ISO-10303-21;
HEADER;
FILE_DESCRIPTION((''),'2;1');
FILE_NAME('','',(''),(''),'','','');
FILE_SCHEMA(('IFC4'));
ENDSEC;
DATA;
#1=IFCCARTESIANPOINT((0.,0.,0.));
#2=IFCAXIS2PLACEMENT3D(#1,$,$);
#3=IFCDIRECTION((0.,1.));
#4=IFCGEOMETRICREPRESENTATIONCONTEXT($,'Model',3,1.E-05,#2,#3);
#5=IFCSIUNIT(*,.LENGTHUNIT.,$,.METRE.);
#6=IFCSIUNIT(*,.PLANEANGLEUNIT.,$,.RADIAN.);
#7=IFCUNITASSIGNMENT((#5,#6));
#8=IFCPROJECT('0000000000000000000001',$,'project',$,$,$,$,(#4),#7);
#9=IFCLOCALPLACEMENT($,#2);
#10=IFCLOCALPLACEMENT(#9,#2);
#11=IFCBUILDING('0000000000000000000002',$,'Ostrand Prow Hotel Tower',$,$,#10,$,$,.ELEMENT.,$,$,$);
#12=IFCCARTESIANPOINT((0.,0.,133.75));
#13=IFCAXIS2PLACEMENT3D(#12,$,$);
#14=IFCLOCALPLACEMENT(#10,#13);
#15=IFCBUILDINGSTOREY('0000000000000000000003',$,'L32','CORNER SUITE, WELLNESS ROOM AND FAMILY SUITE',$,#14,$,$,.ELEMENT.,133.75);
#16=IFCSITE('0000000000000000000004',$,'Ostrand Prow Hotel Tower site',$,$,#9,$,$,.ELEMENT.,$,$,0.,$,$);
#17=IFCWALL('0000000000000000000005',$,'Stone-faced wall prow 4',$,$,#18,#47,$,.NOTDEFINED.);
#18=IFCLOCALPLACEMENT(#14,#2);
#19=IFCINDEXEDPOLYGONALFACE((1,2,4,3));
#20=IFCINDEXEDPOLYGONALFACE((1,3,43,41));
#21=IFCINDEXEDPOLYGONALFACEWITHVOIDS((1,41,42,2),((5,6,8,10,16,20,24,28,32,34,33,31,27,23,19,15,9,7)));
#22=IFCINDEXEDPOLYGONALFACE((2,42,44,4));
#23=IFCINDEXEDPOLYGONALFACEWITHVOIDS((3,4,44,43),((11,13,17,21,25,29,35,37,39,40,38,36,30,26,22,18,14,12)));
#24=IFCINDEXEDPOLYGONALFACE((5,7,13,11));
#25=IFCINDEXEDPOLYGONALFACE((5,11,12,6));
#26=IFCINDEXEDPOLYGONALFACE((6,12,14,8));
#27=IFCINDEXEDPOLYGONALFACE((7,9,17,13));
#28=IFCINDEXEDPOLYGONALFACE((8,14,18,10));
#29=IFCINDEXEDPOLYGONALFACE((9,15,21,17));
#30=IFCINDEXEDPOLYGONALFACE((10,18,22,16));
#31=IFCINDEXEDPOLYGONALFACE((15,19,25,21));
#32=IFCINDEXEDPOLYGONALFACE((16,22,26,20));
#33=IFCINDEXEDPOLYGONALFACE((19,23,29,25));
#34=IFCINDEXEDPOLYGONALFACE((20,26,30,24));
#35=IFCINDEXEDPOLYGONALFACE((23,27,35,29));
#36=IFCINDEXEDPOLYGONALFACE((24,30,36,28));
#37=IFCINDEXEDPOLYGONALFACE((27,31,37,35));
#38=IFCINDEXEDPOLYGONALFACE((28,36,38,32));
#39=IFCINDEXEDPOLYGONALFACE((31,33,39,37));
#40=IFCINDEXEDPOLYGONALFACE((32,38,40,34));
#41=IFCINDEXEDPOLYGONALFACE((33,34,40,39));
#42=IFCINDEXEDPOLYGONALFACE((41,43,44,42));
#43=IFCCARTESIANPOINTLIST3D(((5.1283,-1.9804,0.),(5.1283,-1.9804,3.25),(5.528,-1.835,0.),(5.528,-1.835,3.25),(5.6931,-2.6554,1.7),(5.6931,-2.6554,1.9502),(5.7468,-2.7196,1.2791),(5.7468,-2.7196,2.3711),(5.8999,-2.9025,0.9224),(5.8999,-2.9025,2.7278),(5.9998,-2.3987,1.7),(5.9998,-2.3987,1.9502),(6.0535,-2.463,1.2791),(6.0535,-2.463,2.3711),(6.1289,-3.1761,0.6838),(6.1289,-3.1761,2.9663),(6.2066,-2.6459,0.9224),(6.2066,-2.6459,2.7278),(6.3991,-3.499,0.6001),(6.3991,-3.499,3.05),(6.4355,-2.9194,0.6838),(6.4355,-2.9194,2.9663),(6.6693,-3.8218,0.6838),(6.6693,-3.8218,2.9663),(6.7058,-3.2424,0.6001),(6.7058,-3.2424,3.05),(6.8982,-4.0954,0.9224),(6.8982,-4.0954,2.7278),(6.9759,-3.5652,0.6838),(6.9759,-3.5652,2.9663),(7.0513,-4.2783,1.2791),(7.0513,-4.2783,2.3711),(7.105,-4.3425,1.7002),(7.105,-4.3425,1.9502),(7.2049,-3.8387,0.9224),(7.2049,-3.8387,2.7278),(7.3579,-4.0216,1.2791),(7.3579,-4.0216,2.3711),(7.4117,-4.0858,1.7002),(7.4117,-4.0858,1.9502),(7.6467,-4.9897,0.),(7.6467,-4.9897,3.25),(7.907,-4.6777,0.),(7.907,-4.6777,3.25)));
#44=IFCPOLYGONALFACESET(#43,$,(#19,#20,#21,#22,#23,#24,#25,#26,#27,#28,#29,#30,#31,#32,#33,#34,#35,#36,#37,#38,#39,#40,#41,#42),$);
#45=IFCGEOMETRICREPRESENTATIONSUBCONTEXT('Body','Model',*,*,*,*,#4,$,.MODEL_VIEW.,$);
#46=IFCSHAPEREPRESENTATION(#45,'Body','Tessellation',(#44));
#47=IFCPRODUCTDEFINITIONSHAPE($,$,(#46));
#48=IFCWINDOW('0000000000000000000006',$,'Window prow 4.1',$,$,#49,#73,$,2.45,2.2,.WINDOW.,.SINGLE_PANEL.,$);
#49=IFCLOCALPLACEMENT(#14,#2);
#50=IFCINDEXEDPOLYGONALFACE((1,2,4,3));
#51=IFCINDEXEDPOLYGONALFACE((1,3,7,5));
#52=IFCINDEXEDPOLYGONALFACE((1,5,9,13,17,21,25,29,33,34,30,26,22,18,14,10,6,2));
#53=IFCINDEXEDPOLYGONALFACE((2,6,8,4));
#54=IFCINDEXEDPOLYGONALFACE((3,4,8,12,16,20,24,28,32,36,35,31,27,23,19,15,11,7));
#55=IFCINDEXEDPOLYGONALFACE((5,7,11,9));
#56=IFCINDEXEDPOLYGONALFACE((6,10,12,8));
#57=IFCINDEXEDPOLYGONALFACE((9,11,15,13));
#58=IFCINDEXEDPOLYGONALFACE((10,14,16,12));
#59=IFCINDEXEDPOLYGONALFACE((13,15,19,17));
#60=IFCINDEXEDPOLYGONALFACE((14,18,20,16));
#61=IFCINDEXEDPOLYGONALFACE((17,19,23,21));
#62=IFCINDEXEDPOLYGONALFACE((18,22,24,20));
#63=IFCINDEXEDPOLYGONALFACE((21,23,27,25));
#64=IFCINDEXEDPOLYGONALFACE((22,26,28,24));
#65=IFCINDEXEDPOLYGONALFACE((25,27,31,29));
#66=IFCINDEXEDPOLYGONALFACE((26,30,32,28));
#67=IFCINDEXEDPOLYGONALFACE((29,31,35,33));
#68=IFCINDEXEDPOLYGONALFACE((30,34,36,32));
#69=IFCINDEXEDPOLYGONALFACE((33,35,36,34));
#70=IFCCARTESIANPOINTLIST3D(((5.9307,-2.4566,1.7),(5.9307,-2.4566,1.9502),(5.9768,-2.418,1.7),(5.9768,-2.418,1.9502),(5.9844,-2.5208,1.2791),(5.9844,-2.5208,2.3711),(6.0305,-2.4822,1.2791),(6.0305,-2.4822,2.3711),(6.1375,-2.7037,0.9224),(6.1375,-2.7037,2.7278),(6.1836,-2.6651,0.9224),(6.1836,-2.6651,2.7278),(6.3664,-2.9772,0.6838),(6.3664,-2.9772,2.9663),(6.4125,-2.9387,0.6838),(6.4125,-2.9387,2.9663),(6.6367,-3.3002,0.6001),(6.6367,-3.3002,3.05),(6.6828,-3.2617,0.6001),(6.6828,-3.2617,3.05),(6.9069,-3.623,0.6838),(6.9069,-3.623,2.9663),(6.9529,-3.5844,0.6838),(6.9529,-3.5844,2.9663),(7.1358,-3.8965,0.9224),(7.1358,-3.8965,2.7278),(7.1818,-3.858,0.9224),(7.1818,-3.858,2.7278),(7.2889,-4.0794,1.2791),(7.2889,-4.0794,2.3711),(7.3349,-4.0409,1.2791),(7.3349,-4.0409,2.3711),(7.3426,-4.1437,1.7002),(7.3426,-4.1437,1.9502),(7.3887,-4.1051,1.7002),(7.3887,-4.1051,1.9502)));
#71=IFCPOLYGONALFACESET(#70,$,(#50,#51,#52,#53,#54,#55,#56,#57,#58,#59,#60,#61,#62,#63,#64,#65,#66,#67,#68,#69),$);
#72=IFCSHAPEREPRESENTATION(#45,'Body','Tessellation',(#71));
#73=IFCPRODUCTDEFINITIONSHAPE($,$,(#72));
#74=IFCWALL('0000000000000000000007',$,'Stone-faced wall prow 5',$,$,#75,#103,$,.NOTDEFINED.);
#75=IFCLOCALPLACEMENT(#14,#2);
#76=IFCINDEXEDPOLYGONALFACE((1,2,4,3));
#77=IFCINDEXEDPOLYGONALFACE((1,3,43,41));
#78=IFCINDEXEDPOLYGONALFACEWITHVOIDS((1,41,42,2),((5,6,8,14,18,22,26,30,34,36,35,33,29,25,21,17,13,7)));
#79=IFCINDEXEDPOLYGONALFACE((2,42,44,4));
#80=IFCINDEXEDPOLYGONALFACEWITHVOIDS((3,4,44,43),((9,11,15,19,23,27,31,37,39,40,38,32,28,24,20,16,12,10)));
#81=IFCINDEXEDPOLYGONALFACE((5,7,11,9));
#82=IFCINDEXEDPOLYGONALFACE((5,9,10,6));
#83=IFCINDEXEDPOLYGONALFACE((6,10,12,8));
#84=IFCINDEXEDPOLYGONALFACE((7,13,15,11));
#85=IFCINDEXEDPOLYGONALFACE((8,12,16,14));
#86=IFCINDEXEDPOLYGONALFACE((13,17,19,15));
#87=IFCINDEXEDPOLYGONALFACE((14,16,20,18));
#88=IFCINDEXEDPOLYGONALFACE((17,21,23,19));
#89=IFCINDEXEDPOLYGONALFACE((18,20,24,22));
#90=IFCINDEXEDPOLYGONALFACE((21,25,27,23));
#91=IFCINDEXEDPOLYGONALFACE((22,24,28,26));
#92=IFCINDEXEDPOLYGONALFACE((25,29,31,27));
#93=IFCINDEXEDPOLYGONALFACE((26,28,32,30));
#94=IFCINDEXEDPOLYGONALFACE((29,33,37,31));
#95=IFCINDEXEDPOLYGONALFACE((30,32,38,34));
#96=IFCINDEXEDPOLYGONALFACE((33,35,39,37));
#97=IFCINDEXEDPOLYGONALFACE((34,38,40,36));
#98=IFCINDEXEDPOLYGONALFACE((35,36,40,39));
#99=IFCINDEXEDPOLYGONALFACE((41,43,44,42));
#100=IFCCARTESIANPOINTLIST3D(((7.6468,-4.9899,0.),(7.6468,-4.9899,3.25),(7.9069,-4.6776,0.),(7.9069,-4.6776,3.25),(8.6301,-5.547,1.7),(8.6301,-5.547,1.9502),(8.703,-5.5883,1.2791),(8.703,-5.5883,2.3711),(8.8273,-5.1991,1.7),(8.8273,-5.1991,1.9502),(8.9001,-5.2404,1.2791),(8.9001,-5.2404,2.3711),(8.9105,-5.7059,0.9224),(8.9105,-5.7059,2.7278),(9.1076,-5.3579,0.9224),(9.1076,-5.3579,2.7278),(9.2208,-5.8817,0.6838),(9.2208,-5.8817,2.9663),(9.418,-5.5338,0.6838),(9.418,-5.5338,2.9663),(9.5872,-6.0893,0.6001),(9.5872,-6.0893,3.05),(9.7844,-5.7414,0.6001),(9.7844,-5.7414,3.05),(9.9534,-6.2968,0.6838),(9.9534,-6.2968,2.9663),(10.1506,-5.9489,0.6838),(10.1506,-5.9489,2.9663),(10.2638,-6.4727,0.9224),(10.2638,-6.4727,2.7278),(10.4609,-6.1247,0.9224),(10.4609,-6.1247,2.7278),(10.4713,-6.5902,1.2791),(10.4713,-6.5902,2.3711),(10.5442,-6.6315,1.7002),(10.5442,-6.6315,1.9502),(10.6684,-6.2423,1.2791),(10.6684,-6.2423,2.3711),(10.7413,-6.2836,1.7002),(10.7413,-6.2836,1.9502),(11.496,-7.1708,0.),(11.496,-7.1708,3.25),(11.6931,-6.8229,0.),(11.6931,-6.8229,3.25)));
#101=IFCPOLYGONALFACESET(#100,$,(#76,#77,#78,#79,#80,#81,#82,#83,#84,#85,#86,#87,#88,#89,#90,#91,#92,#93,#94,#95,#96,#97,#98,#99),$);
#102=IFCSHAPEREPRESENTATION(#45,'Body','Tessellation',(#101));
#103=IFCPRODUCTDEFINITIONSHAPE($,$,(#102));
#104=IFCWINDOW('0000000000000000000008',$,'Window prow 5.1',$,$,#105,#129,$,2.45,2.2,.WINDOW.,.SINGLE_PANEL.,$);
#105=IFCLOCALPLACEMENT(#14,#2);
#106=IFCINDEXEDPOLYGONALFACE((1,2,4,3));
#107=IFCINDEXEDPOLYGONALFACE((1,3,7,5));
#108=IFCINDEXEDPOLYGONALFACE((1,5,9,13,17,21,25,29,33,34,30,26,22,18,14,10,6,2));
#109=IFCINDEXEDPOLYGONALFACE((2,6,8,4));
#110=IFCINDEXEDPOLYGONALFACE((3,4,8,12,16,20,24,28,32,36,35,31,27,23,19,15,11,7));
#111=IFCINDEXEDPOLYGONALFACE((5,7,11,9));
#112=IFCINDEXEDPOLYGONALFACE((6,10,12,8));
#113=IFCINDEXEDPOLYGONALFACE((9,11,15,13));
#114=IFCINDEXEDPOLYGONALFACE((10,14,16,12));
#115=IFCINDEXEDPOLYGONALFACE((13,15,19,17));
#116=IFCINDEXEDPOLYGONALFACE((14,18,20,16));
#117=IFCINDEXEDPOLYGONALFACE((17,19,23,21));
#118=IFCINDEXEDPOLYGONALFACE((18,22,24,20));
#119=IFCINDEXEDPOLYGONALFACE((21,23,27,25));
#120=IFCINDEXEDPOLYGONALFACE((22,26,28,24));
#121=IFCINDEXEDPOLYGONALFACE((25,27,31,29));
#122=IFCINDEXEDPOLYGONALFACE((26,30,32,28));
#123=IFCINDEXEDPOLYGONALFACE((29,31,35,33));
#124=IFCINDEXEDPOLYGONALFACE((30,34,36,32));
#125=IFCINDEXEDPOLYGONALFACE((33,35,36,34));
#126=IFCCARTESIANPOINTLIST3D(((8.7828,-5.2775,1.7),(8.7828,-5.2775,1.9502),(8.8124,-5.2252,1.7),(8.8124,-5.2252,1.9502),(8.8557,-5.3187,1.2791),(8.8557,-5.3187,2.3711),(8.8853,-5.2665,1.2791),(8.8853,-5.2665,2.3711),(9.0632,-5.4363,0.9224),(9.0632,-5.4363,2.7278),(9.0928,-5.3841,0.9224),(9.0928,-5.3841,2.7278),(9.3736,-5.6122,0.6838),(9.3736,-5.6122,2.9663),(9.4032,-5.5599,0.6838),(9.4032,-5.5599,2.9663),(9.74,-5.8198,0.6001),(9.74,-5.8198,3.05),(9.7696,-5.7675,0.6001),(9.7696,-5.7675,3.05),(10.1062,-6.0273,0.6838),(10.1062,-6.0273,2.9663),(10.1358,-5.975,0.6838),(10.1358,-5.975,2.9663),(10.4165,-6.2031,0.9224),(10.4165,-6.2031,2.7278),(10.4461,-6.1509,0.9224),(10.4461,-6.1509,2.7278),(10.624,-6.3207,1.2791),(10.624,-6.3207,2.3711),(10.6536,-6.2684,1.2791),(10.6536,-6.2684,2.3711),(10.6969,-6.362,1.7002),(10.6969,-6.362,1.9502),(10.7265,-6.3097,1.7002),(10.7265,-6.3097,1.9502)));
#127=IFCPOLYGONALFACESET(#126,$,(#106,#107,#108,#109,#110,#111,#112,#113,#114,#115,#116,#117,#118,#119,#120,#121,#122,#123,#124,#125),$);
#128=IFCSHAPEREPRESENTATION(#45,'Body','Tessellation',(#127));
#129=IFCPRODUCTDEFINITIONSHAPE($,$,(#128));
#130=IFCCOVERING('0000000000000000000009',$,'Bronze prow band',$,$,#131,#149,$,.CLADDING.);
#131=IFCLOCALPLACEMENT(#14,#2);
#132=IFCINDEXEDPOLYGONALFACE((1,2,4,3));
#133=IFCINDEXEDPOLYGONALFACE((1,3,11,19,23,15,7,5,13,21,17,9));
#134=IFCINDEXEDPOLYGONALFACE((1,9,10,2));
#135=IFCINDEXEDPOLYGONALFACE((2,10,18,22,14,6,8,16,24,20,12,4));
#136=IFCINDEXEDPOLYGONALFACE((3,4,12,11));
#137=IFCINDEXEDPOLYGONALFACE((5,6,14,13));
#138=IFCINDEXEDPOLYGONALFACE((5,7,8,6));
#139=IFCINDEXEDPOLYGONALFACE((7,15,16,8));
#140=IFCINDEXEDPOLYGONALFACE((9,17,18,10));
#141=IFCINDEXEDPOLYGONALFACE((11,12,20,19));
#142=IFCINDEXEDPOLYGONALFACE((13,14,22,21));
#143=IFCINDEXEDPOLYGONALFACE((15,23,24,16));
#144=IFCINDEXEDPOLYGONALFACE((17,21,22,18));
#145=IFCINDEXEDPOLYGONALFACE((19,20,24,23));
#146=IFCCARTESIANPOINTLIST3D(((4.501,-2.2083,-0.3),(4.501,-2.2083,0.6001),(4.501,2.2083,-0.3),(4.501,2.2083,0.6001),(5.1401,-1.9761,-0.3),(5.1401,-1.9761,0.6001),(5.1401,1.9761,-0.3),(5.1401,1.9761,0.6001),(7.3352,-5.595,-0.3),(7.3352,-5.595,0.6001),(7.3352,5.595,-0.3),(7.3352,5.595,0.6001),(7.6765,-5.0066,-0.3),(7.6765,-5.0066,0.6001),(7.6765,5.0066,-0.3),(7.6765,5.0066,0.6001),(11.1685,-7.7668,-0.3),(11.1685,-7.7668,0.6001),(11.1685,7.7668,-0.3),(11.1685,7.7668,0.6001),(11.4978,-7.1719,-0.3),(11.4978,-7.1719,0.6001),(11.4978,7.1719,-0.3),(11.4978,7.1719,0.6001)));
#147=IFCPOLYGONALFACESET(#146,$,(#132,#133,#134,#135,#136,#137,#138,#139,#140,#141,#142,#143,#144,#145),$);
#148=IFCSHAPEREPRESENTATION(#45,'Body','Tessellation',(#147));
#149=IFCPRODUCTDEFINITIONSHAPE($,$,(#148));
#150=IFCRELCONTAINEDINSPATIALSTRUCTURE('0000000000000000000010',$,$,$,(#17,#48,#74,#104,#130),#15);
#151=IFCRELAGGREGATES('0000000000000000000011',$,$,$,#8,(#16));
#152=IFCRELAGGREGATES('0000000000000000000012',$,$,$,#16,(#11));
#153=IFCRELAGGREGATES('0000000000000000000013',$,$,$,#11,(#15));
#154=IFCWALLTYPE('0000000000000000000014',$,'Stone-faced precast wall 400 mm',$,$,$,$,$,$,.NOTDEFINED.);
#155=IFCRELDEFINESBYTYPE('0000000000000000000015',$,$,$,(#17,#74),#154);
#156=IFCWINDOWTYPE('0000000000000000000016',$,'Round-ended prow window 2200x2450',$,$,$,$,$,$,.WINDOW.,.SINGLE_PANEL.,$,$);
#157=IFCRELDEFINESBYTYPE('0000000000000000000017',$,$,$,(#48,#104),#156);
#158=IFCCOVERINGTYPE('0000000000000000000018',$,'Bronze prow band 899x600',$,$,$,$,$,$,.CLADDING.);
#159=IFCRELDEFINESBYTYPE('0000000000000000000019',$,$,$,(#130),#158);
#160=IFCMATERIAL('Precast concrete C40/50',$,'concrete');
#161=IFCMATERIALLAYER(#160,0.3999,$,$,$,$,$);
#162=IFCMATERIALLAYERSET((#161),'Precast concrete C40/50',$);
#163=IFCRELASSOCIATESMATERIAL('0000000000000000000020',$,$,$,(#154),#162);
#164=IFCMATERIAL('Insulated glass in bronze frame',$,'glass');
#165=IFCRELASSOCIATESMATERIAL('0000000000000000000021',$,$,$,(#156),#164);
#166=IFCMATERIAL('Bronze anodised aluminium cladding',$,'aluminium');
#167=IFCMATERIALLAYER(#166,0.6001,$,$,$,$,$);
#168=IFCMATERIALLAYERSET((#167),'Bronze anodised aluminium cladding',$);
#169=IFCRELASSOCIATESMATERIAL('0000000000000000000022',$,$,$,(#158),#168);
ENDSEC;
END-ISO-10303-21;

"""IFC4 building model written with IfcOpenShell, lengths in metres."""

from ifc_helpers import new_model, si_unit, direction, frame, origin, place, context, subcontext, project, spatial, polyline, outline, extrude, material, layer, layer_set, type_object, element, fill, save


model = new_model("IFC4")

# Units and contexts
model_context = context("Model", 3, precision=1e-05, world=origin(), true_north=direction((0.0, 1.0)))
body_context = subcontext(model_context, "Body", "Model", "MODEL_VIEW")
ifc_project = project(units=[si_unit("LENGTHUNIT", "METRE"), si_unit("PLANEANGLEUNIT", "RADIAN")], contexts=[model_context])

# Site, building, storey
site_placement = place(None, origin())
site = spatial("IfcSite", under=ifc_project, at=site_placement, Name="Ostrand Prow Hotel Tower site", CompositionType="ELEMENT", RefElevation=0.0)
building_placement = place(site_placement, origin())
building = spatial("IfcBuilding", under=site, at=building_placement, Name="Ostrand Prow Hotel Tower", CompositionType="ELEMENT")
storey_placement = place(building_placement, frame((0.0, 0.0, 133.75)))
storey = spatial("IfcBuildingStorey", under=building, at=storey_placement, Name="L32", Description="CORNER SUITE, WELLNESS ROOM AND FAMILY SUITE", CompositionType="ELEMENT", Elevation=133.75)

# Walls, openings, windows
ifc_material_1 = material(Name="Precast concrete C40/50", Category="concrete")
ifc_layer_1 = layer(ifc_material_1, 0.3999)
ifc_layer_set_1 = layer_set([ifc_layer_1], Name="Precast concrete C40/50")
wall_type_1 = type_object("IfcWallType", Name="Stone-faced precast wall 400 mm", PredefinedType="NOTDEFINED", material=ifc_layer_set_1)
wall_1_placement = place(storey_placement, frame((5.3281, -1.9077, 0.0), z_axis=(0.0, 0.0, 1.0), x_axis=(0.641788, -0.766882, 0.0)))
wall_1 = element("IfcWall", 1, at=wall_1_placement, inside=storey, type_object=wall_type_1, Name="Stone-faced wall prow 4", PredefinedType="NOTDEFINED", context=body_context, shape_type="SweptSolid", body=[
    extrude(outline(polyline([(-0.0725, -0.2), (3.8516, -0.2), (3.7793, 0.2), (0.0725, 0.2), (-0.0725, -0.2)])), origin(), (0.0, 0.0, 1.0), 3.25),
])
opening_1_placement = place(wall_1_placement, frame((0.8076, 0.0, 0.6001)))
opening_1 = element("IfcOpeningElement", 2, at=opening_1_placement, cuts=wall_1, PredefinedType="OPENING", context=body_context, shape_type="SweptSolid", body=[
    extrude(outline(polyline([(0.0, 1.3501), (0.0837, 1.771), (0.3223, 2.1277), (0.679, 2.3662), (1.1001, 2.45), (1.521, 2.3662), (1.8777, 2.1277), (2.1162, 1.771), (2.2, 1.3501), (2.2, 1.1001), (2.1162, 0.679), (1.8777, 0.3223), (1.521, 0.0837), (1.1001, 0.0), (0.679, 0.0837), (0.3223, 0.3223), (0.0837, 0.679), (0.0, 1.0999), (0.0, 1.3501)])), frame((0.0, 0.21, 0.0), z_axis=(0.0, -1.0, 0.0), x_axis=(1.0, 0.0, 0.0)), (0.0, 0.0, 1.0), 0.4199),
])
ifc_material_2 = material(Name="Insulated glass in bronze frame", Category="glass")
window_type = type_object("IfcWindowType", Name="Round-ended prow window 2200x2450", PartitioningType="SINGLE_PANEL", PredefinedType="WINDOW", material=ifc_material_2)
window_1_placement = place(opening_1_placement, origin())
window_1 = element("IfcWindow", 3, at=window_1_placement, inside=storey, type_object=window_type, Name="Window prow 4.1", OverallHeight=2.45, OverallWidth=2.2, PartitioningType="SINGLE_PANEL", PredefinedType="WINDOW", context=body_context, shape_type="SweptSolid", body=[
    extrude(outline(polyline([(0.0, 1.3501), (0.0837, 1.771), (0.3223, 2.1277), (0.679, 2.3662), (1.1001, 2.45), (1.521, 2.3662), (1.8777, 2.1277), (2.1162, 1.771), (2.2, 1.3501), (2.2, 1.1001), (2.1162, 0.679), (1.8777, 0.3223), (1.521, 0.0837), (1.1001, 0.0), (0.679, 0.0837), (0.3223, 0.3223), (0.0837, 0.679), (0.0, 1.0999), (0.0, 1.3501)])), frame((0.0, 0.1699, 0.0), z_axis=(0.0, -1.0, 0.0), x_axis=(1.0, 0.0, 0.0)), (0.0, 0.0, 1.0), 0.0601),
])
fill(opening_1, window_1)
wall_2_placement = place(storey_placement, frame((7.7769, -4.8337, 0.0), z_axis=(0.0, 0.0, 1.0), x_axis=(0.870045, -0.492972, 0.0)))
wall_2 = element("IfcWall", 4, at=wall_2_placement, inside=storey, type_object=wall_type_1, Name="Stone-faced wall prow 5", PredefinedType="NOTDEFINED", context=body_context, shape_type="SweptSolid", body=[
    extrude(outline(polyline([(-0.0361, -0.2), (4.3879, -0.2), (4.3879, 0.2), (0.0361, 0.2), (-0.0361, -0.2)])), origin(), (0.0, 0.0, 1.0), 3.25),
])
opening_2_placement = place(wall_2_placement, frame((1.094, 0.0, 0.6001)))
opening_2 = element("IfcOpeningElement", 5, at=opening_2_placement, cuts=wall_2, PredefinedType="OPENING", context=body_context, shape_type="SweptSolid", body=[
    extrude(outline(polyline([(0.0, 1.3501), (0.0837, 1.771), (0.3223, 2.1277), (0.679, 2.3662), (1.1001, 2.45), (1.521, 2.3662), (1.8777, 2.1277), (2.1162, 1.771), (2.2, 1.3501), (2.2, 1.1001), (2.1162, 0.679), (1.8777, 0.3223), (1.521, 0.0837), (1.1001, 0.0), (0.679, 0.0837), (0.3223, 0.3223), (0.0837, 0.679), (0.0, 1.0999), (0.0, 1.3501)])), frame((0.0, 0.21, 0.0), z_axis=(0.0, -1.0, 0.0), x_axis=(1.0, 0.0, 0.0)), (0.0, 0.0, 1.0), 0.4199),
])
window_2_placement = place(opening_2_placement, origin())
window_2 = element("IfcWindow", 6, at=window_2_placement, inside=storey, type_object=window_type, Name="Window prow 5.1", OverallHeight=2.45, OverallWidth=2.2, PartitioningType="SINGLE_PANEL", PredefinedType="WINDOW", context=body_context, shape_type="SweptSolid", body=[
    extrude(outline(polyline([(0.0, 1.3501), (0.0837, 1.771), (0.3223, 2.1277), (0.679, 2.3662), (1.1001, 2.45), (1.521, 2.3662), (1.8777, 2.1277), (2.1162, 1.771), (2.2, 1.3501), (2.2, 1.1001), (2.1162, 0.679), (1.8777, 0.3223), (1.521, 0.0837), (1.1001, 0.0), (0.679, 0.0837), (0.3223, 0.3223), (0.0837, 0.679), (0.0, 1.0999), (0.0, 1.3501)])), frame((0.0, 0.1699, 0.0), z_axis=(0.0, -1.0, 0.0), x_axis=(1.0, 0.0, 0.0)), (0.0, 0.0, 1.0), 0.0601),
])
fill(opening_2, window_2)

# Covering
ifc_material_3 = material(Name="Bronze anodised aluminium cladding", Category="aluminium")
ifc_layer_2 = layer(ifc_material_3, 0.6001)
ifc_layer_set_2 = layer_set([ifc_layer_2], Name="Bronze anodised aluminium cladding")
covering_type_1 = type_object("IfcCoveringType", Name="Bronze prow band 899x600", PredefinedType="CLADDING", material=ifc_layer_set_2)
covering_1_placement = place(storey_placement, frame((0.0, 0.0, -0.3)))
element("IfcCovering", 7, at=covering_1_placement, inside=storey, type_object=covering_type_1, Name="Bronze prow band", PredefinedType="CLADDING", context=body_context, shape_type="SweptSolid", body=[
    extrude(outline(polyline([(11.1685, 7.7668), (7.3352, 5.595), (4.501, 2.2083), (4.501, -2.2083), (7.3352, -5.595), (11.1685, -7.7668), (11.4978, -7.1719), (7.6765, -5.0066), (5.1401, -1.9761), (5.1401, 1.9761), (7.6765, 5.0066), (11.4978, 7.1719), (11.1685, 7.7668)])), origin(), (0.0, 0.0, 1.0), 0.9001),
])

save(model, "model.ifc")
